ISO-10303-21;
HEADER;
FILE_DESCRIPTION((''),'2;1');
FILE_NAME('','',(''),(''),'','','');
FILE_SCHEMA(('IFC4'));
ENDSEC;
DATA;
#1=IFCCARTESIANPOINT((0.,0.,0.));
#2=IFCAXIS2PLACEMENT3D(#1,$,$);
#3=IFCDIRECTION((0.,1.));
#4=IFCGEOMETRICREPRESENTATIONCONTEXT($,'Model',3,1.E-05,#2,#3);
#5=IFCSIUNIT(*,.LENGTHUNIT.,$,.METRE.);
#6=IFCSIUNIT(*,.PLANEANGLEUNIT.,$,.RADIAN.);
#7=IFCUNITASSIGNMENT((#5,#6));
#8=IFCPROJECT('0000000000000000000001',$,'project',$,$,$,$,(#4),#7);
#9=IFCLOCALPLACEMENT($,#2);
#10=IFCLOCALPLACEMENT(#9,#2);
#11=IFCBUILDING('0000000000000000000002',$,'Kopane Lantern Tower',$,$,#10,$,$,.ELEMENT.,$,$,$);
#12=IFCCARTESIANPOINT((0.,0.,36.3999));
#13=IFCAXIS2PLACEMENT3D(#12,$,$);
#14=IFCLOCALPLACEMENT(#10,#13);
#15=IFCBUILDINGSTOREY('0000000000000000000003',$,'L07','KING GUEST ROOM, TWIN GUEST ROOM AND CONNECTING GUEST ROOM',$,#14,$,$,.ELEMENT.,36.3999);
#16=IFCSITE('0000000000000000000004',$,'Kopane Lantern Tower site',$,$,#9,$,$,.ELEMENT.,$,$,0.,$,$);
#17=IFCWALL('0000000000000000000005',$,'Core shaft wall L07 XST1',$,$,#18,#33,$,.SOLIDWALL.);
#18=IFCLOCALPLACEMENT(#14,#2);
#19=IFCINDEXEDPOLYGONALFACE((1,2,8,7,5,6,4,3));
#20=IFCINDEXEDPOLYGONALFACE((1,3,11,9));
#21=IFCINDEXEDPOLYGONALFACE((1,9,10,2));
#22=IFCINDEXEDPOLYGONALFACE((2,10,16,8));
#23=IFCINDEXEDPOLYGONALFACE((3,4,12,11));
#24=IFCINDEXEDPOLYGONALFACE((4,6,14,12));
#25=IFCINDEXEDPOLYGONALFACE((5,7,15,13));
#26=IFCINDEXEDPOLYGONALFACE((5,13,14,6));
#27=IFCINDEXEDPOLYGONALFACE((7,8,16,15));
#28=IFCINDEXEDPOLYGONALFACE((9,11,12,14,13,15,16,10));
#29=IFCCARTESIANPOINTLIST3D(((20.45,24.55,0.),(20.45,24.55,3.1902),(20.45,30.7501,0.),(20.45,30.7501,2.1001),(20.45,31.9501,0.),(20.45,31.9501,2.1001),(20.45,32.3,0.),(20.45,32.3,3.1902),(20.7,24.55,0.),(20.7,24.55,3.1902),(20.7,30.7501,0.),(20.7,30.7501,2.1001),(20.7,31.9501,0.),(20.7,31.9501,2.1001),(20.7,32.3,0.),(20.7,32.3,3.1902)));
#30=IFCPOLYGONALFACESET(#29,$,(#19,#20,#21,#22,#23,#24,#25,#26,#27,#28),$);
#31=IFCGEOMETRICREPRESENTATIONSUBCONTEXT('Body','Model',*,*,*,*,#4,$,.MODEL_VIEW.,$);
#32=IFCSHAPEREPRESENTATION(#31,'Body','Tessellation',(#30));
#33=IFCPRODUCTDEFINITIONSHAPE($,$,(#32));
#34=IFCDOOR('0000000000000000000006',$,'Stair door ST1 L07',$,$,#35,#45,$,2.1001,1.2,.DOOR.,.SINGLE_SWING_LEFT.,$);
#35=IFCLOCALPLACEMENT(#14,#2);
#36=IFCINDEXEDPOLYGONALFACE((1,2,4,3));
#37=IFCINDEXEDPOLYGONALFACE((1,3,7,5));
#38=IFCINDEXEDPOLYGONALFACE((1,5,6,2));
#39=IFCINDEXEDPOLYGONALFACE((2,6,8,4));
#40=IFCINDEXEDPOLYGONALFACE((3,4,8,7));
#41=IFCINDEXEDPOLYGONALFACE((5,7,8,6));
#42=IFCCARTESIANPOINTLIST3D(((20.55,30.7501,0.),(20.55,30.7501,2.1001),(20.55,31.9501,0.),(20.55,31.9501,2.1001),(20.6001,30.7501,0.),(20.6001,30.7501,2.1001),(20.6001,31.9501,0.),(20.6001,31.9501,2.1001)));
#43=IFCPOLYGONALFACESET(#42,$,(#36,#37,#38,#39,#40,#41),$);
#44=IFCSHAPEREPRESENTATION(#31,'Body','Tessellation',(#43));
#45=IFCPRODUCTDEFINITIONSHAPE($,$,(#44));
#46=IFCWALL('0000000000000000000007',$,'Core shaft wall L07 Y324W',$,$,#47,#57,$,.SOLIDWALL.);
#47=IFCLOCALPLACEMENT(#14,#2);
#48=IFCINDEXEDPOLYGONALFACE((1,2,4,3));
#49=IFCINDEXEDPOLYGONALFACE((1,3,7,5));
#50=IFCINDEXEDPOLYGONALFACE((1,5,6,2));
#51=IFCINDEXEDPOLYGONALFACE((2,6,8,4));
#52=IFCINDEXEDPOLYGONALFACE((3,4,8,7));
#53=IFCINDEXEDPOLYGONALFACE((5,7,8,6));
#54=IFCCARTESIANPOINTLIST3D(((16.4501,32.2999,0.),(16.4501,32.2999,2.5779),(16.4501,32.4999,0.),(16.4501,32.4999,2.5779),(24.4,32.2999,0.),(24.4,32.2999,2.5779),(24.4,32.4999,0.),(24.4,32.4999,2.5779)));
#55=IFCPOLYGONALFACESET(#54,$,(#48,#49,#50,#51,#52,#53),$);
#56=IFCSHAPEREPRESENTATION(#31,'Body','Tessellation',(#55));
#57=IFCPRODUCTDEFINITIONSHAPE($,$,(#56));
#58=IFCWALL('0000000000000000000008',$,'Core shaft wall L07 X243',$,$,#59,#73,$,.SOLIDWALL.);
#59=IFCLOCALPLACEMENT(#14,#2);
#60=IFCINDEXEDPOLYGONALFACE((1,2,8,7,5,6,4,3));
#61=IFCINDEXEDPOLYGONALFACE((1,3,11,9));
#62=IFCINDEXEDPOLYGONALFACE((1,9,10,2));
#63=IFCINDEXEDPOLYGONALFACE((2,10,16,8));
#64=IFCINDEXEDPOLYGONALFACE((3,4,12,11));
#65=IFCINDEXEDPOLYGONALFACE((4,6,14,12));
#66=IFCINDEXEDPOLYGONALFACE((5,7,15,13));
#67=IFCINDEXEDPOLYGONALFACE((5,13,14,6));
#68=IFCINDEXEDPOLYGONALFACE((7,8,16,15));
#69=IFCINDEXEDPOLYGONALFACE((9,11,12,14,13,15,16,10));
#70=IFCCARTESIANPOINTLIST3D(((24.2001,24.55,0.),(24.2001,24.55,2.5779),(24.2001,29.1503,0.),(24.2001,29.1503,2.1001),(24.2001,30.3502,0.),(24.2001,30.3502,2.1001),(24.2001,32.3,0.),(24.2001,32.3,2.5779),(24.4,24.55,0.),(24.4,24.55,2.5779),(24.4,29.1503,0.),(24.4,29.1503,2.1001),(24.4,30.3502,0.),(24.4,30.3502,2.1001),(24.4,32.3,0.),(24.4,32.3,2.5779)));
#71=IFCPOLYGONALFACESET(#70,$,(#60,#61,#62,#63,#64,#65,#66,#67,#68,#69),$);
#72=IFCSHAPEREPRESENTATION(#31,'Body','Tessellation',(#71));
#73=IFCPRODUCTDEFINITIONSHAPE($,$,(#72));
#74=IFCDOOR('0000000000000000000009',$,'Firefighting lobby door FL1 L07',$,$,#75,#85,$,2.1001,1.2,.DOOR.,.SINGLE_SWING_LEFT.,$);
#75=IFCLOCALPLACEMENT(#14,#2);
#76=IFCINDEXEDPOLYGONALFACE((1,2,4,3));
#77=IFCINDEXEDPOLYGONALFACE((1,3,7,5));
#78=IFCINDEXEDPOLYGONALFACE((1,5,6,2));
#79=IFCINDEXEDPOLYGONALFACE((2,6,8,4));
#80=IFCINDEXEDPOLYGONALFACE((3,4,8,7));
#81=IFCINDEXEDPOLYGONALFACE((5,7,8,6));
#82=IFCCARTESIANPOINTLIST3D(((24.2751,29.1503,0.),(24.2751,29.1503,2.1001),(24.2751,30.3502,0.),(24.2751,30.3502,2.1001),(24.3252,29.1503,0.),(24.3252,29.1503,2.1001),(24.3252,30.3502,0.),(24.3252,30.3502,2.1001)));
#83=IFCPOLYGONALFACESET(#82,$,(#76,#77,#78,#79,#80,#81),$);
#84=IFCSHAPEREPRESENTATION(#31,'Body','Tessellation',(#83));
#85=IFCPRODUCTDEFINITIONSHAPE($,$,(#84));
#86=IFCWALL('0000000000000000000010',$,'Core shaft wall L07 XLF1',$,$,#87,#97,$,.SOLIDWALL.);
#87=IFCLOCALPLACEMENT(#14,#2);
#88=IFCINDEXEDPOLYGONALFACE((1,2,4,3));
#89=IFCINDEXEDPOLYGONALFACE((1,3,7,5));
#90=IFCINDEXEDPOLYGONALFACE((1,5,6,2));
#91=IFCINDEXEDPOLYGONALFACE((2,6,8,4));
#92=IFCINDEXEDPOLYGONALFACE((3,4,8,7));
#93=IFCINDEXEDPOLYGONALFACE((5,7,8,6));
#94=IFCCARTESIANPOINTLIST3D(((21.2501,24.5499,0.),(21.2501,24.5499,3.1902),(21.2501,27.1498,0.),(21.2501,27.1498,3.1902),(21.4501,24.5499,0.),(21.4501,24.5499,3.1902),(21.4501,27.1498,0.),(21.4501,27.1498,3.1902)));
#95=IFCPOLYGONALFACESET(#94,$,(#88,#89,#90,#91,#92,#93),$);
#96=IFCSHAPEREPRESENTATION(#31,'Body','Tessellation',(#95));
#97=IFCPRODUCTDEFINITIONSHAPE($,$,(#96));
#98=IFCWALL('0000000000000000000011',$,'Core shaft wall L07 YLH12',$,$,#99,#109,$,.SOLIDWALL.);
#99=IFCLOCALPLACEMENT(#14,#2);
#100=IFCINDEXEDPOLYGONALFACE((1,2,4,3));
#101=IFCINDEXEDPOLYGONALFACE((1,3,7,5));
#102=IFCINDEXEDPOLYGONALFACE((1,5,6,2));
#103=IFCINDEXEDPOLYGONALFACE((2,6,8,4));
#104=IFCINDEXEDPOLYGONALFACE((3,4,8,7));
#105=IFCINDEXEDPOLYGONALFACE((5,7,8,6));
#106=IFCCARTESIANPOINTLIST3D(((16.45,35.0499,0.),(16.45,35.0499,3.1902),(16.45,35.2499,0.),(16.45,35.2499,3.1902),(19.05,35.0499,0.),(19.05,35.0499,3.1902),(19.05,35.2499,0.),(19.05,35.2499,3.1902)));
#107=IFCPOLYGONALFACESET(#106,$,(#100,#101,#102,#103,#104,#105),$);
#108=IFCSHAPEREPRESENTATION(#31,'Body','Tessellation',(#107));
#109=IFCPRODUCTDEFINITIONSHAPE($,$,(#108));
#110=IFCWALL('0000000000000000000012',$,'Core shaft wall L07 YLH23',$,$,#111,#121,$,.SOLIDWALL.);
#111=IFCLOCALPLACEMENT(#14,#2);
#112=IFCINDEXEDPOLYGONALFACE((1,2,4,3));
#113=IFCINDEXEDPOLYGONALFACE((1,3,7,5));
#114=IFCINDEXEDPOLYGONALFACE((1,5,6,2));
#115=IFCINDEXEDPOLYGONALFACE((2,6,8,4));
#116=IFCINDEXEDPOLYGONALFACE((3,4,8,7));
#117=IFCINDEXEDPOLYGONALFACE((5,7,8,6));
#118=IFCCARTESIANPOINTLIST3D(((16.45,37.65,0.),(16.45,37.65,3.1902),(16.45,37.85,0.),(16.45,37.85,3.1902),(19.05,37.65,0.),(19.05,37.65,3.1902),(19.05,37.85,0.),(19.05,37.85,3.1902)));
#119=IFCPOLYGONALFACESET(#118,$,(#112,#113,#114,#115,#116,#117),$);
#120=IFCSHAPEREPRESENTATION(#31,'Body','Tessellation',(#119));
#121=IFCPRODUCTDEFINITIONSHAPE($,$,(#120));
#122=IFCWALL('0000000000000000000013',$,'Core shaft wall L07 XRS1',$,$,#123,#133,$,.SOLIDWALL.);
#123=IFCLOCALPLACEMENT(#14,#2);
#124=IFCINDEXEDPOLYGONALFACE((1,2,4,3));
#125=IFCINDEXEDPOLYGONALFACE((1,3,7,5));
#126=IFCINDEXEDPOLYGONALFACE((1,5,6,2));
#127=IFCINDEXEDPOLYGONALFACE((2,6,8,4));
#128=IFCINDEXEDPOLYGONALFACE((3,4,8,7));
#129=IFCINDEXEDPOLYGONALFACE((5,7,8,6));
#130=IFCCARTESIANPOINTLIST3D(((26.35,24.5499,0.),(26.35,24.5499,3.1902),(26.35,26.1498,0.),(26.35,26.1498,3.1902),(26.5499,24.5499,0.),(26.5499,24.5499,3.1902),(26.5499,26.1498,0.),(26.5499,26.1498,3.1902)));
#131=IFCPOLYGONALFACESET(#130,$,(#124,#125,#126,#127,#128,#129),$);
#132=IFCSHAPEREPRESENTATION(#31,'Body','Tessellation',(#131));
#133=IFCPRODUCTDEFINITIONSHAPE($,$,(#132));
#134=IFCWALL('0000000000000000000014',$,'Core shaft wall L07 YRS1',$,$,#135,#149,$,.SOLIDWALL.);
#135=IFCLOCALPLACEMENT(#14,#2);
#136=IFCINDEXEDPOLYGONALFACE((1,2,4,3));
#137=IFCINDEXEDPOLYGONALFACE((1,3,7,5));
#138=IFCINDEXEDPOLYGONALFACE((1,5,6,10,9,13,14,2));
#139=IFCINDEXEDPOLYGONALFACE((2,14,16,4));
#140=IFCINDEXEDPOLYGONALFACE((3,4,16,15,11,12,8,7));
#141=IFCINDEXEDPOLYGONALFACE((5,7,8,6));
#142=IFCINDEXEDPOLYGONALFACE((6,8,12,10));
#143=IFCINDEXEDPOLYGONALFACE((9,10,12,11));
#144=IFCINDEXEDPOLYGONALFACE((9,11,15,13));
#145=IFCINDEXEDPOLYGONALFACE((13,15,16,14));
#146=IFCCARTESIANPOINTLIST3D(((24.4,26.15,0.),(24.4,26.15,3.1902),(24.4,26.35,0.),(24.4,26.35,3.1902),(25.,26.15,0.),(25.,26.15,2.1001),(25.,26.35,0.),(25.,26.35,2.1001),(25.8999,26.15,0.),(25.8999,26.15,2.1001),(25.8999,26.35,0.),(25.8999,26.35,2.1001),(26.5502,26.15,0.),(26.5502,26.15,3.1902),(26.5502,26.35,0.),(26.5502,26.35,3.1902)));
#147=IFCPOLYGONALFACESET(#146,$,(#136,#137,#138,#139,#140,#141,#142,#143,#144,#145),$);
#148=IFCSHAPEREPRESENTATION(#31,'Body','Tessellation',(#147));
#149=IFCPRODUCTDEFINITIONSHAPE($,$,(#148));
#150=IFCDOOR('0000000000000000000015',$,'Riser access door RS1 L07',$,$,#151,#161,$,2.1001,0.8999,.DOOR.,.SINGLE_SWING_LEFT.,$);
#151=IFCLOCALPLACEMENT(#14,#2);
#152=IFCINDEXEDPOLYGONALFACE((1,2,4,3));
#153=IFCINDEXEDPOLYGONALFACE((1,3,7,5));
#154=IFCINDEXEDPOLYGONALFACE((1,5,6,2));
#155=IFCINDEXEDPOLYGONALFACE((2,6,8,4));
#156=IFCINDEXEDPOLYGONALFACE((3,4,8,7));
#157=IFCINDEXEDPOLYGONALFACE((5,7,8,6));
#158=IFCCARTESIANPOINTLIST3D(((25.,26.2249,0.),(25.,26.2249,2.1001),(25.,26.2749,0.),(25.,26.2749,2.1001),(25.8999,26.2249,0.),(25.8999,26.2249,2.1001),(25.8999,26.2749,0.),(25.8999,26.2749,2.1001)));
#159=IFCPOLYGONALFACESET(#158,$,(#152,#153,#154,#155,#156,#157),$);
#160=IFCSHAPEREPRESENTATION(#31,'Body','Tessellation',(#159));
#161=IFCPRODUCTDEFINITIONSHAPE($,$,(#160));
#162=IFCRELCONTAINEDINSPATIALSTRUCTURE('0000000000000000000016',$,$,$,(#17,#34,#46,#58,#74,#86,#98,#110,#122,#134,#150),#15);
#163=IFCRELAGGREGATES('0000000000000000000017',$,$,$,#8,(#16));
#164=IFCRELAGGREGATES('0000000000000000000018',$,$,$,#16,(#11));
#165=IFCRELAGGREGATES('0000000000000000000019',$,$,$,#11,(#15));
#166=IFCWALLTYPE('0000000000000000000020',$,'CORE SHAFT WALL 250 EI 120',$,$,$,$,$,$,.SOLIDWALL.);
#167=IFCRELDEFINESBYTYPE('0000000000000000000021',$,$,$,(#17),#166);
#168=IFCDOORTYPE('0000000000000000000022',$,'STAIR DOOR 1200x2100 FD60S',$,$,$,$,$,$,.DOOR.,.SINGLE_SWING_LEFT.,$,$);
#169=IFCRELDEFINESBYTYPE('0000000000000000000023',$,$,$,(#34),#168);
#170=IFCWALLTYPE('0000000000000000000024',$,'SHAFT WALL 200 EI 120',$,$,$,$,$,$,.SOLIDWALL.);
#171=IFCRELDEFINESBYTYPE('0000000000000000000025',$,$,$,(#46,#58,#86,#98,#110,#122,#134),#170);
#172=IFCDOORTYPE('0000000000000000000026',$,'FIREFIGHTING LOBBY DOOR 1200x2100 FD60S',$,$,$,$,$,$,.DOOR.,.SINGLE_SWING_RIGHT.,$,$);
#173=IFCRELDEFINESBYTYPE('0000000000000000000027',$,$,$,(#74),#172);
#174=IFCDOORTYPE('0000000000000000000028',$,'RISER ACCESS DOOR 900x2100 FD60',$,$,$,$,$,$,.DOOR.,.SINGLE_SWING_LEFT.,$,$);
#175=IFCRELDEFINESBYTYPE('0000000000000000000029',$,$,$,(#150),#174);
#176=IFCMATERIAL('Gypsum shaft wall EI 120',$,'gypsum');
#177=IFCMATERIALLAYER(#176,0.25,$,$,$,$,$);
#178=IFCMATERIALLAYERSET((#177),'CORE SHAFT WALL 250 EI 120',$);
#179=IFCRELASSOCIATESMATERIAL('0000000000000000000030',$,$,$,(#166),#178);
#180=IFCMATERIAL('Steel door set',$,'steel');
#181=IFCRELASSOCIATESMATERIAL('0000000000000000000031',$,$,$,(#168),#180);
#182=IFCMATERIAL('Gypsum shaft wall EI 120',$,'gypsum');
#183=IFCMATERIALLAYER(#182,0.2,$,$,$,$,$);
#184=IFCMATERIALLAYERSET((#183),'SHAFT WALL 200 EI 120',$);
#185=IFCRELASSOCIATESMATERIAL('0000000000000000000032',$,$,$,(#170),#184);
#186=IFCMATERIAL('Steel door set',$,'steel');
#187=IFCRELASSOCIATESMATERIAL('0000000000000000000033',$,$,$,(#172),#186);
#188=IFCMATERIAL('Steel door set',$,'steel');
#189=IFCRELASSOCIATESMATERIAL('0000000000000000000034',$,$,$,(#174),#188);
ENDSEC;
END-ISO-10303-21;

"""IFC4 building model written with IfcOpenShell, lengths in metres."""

from ifc_helpers import new_model, si_unit, direction, frame, frame_2d, origin, place, context, subcontext, project, spatial, rectangle, extrude, material, layer, layer_set, type_object, element, fill, save


model = new_model("IFC4")

# Units and contexts
model_context = context("Model", 3, precision=1e-05, world=origin(), true_north=direction((0.0, 1.0)))
body_context = subcontext(model_context, "Body", "Model", "MODEL_VIEW")
ifc_project = project(units=[si_unit("LENGTHUNIT", "METRE"), si_unit("PLANEANGLEUNIT", "RADIAN")], contexts=[model_context])

# Site, building, storey
site_placement = place(None, origin())
site = spatial("IfcSite", under=ifc_project, at=site_placement, Name="Kopane Lantern Tower site", CompositionType="ELEMENT", RefElevation=0.0)
building_placement = place(site_placement, origin())
building = spatial("IfcBuilding", under=site, at=building_placement, Name="Kopane Lantern Tower", CompositionType="ELEMENT")
storey_placement = place(building_placement, frame((0.0, 0.0, 36.3999)))
storey = spatial("IfcBuildingStorey", under=building, at=storey_placement, Name="L07", Description="KING GUEST ROOM, TWIN GUEST ROOM AND CONNECTING GUEST ROOM", CompositionType="ELEMENT", Elevation=36.3999)

# Wall, opening, door
ifc_material_1 = material(Name="Gypsum shaft wall EI 120", Category="gypsum")
ifc_layer_1 = layer(ifc_material_1, 0.25)
ifc_layer_set_1 = layer_set([ifc_layer_1], Name="CORE SHAFT WALL 250 EI 120")
wall_type_1 = type_object("IfcWallType", Name="CORE SHAFT WALL 250 EI 120", PredefinedType="SOLIDWALL", material=ifc_layer_set_1)
wall_1_placement = place(storey_placement, frame((20.575, 24.55, 0.0), z_axis=(0.0, 0.0, 1.0), x_axis=(0.0, 1.0, 0.0)))
wall_1 = element("IfcWall", 1, at=wall_1_placement, inside=storey, type_object=wall_type_1, Name="Core shaft wall L07 XST1", PredefinedType="SOLIDWALL", context=body_context, shape_type="SweptSolid", body=[
    extrude(rectangle(XDim=7.75, YDim=0.25, at=frame_2d((3.875, 0.0))), origin(), (0.0, 0.0, 1.0), 3.1902),
])
opening_1_placement = place(wall_1_placement, frame((6.2, 0.0, 0.0)))
opening_1 = element("IfcOpeningElement", 2, at=opening_1_placement, cuts=wall_1, PredefinedType="OPENING", context=body_context, shape_type="SweptSolid", body=[
    extrude(rectangle(XDim=1.2, YDim=2.1001, at=frame_2d((0.6001, 1.05))), frame((0.0, 0.135, 0.0), z_axis=(0.0, -1.0, 0.0), x_axis=(1.0, 0.0, 0.0)), (0.0, 0.0, 1.0), 0.27),
])
ifc_material_2 = material(Name="Steel door set", Category="steel")
door_type_1 = type_object("IfcDoorType", Name="STAIR DOOR 1200x2100 FD60S", OperationType="SINGLE_SWING_LEFT", PredefinedType="DOOR", material=ifc_material_2)
door_1_placement = place(opening_1_placement, origin())
door_1 = element("IfcDoor", 3, at=door_1_placement, inside=storey, type_object=door_type_1, Name="Stair door ST1 L07", OperationType="SINGLE_SWING_LEFT", OverallHeight=2.1001, OverallWidth=1.2, PredefinedType="DOOR", context=body_context, shape_type="SweptSolid", body=[
    extrude(rectangle(XDim=1.2, YDim=2.1001, at=frame_2d((0.6001, 1.05))), frame((0.0, 0.0249, 0.0), z_axis=(0.0, -1.0, 0.0), x_axis=(1.0, 0.0, 0.0)), (0.0, 0.0, 1.0), 0.05),
])
fill(opening_1, door_1)

# Wall
ifc_material_3 = material(Name="Gypsum shaft wall EI 120", Category="gypsum")
ifc_layer_2 = layer(ifc_material_3, 0.2)
ifc_layer_set_2 = layer_set([ifc_layer_2], Name="SHAFT WALL 200 EI 120")
wall_type_2 = type_object("IfcWallType", Name="SHAFT WALL 200 EI 120", PredefinedType="SOLIDWALL", material=ifc_layer_set_2)
wall_2_placement = place(storey_placement, frame((16.45, 32.3999, 0.0), z_axis=(0.0, 0.0, 1.0), x_axis=(1.0, 0.0, 0.0)))
element("IfcWall", 4, at=wall_2_placement, inside=storey, type_object=wall_type_2, Name="Core shaft wall L07 Y324W", PredefinedType="SOLIDWALL", context=body_context, shape_type="SweptSolid", body=[
    extrude(rectangle(XDim=7.95, YDim=0.2, at=frame_2d((3.9751, 0.0))), origin(), (0.0, 0.0, 1.0), 2.5779),
])

# Wall, opening, door
wall_3_placement = place(storey_placement, frame((24.3, 24.55, 0.0), z_axis=(0.0, 0.0, 1.0), x_axis=(0.0, 1.0, 0.0)))
wall_3 = element("IfcWall", 5, at=wall_3_placement, inside=storey, type_object=wall_type_2, Name="Core shaft wall L07 X243", PredefinedType="SOLIDWALL", context=body_context, shape_type="SweptSolid", body=[
    extrude(rectangle(XDim=7.75, YDim=0.2, at=frame_2d((3.875, 0.0))), origin(), (0.0, 0.0, 1.0), 2.5779),
])
opening_2_placement = place(wall_3_placement, frame((4.6001, 0.0, 0.0)))
opening_2 = element("IfcOpeningElement", 6, at=opening_2_placement, cuts=wall_3, PredefinedType="OPENING", context=body_context, shape_type="SweptSolid", body=[
    extrude(rectangle(XDim=1.2, YDim=2.1001, at=frame_2d((0.6001, 1.05))), frame((0.0, 0.1099, 0.0), z_axis=(0.0, -1.0, 0.0), x_axis=(1.0, 0.0, 0.0)), (0.0, 0.0, 1.0), 0.22),
])
ifc_material_4 = material(Name="Steel door set", Category="steel")
door_type_2 = type_object("IfcDoorType", Name="FIREFIGHTING LOBBY DOOR 1200x2100 FD60S", OperationType="SINGLE_SWING_RIGHT", PredefinedType="DOOR", material=ifc_material_4)
door_2_placement = place(opening_2_placement, origin())
door_2 = element("IfcDoor", 7, at=door_2_placement, inside=storey, type_object=door_type_2, Name="Firefighting lobby door FL1 L07", OperationType="SINGLE_SWING_LEFT", OverallHeight=2.1001, OverallWidth=1.2, PredefinedType="DOOR", context=body_context, shape_type="SweptSolid", body=[
    extrude(rectangle(XDim=1.2, YDim=2.1001, at=frame_2d((0.6001, 1.05))), frame((0.0, 0.0249, 0.0), z_axis=(0.0, -1.0, 0.0), x_axis=(1.0, 0.0, 0.0)), (0.0, 0.0, 1.0), 0.05),
])
fill(opening_2, door_2)

# Walls
wall_4_placement = place(storey_placement, frame((21.3501, 24.55, 0.0), z_axis=(0.0, 0.0, 1.0), x_axis=(0.0, 1.0, 0.0)))
element("IfcWall", 8, at=wall_4_placement, inside=storey, type_object=wall_type_2, Name="Core shaft wall L07 XLF1", PredefinedType="SOLIDWALL", context=body_context, shape_type="SweptSolid", body=[
    extrude(rectangle(XDim=2.5999, YDim=0.2, at=frame_2d((1.2998, 0.0))), origin(), (0.0, 0.0, 1.0), 3.1902),
])
for number, where, z_axis, x_axis, name in (
    (9, (16.45, 35.1499, 0.0), (0.0, 0.0, 1.0), (1.0, 0.0, 0.0), "Core shaft wall L07 YLH12"),
    (10, (16.45, 37.75, 0.0), (0.0, 0.0, 1.0), (1.0, 0.0, 0.0), "Core shaft wall L07 YLH23"),
):
    element("IfcWall", number, at=place(storey_placement, frame(where, z_axis=z_axis, x_axis=x_axis)), inside=storey, type_object=wall_type_2, Name=name, PredefinedType="SOLIDWALL", context=body_context, shape_type="SweptSolid", body=[
        extrude(rectangle(XDim=2.6001, YDim=0.2, at=frame_2d((1.3, 0.0))), origin(), (0.0, 0.0, 1.0), 3.1902),
    ])
wall_5_placement = place(storey_placement, frame((26.45, 24.55, 0.0), z_axis=(0.0, 0.0, 1.0), x_axis=(0.0, 1.0, 0.0)))
element("IfcWall", 11, at=wall_5_placement, inside=storey, type_object=wall_type_2, Name="Core shaft wall L07 XRS1", PredefinedType="SOLIDWALL", context=body_context, shape_type="SweptSolid", body=[
    extrude(rectangle(XDim=1.5999, YDim=0.2, at=frame_2d((0.7998, 0.0))), origin(), (0.0, 0.0, 1.0), 3.1902),
])

# Wall, opening, door
wall_6_placement = place(storey_placement, frame((24.3999, 26.25, 0.0), z_axis=(0.0, 0.0, 1.0), x_axis=(1.0, 0.0, 0.0)))
wall_6 = element("IfcWall", 12, at=wall_6_placement, inside=storey, type_object=wall_type_2, Name="Core shaft wall L07 YRS1", PredefinedType="SOLIDWALL", context=body_context, shape_type="SweptSolid", body=[
    extrude(rectangle(XDim=2.1501, YDim=0.2, at=frame_2d((1.0752, 0.0))), origin(), (0.0, 0.0, 1.0), 3.1902),
])
opening_3_placement = place(wall_6_placement, frame((0.6001, 0.0, 0.0)))
opening_3 = element("IfcOpeningElement", 13, at=opening_3_placement, cuts=wall_6, PredefinedType="OPENING", context=body_context, shape_type="SweptSolid", body=[
    extrude(rectangle(XDim=0.8999, YDim=2.1001, at=frame_2d((0.45, 1.05))), frame((0.0, 0.1099, 0.0), z_axis=(0.0, -1.0, 0.0), x_axis=(1.0, 0.0, 0.0)), (0.0, 0.0, 1.0), 0.22),
])
ifc_material_5 = material(Name="Steel door set", Category="steel")
door_type_3 = type_object("IfcDoorType", Name="RISER ACCESS DOOR 900x2100 FD60", OperationType="SINGLE_SWING_LEFT", PredefinedType="DOOR", material=ifc_material_5)
door_3_placement = place(opening_3_placement, origin())
door_3 = element("IfcDoor", 14, at=door_3_placement, inside=storey, type_object=door_type_3, Name="Riser access door RS1 L07", OperationType="SINGLE_SWING_LEFT", OverallHeight=2.1001, OverallWidth=0.8999, PredefinedType="DOOR", context=body_context, shape_type="SweptSolid", body=[
    extrude(rectangle(XDim=0.8999, YDim=2.1001, at=frame_2d((0.45, 1.05))), frame((0.0, 0.0249, 0.0), z_axis=(0.0, -1.0, 0.0), x_axis=(1.0, 0.0, 0.0)), (0.0, 0.0, 1.0), 0.05),
])
fill(opening_3, door_3)

save(model, "model.ifc")
